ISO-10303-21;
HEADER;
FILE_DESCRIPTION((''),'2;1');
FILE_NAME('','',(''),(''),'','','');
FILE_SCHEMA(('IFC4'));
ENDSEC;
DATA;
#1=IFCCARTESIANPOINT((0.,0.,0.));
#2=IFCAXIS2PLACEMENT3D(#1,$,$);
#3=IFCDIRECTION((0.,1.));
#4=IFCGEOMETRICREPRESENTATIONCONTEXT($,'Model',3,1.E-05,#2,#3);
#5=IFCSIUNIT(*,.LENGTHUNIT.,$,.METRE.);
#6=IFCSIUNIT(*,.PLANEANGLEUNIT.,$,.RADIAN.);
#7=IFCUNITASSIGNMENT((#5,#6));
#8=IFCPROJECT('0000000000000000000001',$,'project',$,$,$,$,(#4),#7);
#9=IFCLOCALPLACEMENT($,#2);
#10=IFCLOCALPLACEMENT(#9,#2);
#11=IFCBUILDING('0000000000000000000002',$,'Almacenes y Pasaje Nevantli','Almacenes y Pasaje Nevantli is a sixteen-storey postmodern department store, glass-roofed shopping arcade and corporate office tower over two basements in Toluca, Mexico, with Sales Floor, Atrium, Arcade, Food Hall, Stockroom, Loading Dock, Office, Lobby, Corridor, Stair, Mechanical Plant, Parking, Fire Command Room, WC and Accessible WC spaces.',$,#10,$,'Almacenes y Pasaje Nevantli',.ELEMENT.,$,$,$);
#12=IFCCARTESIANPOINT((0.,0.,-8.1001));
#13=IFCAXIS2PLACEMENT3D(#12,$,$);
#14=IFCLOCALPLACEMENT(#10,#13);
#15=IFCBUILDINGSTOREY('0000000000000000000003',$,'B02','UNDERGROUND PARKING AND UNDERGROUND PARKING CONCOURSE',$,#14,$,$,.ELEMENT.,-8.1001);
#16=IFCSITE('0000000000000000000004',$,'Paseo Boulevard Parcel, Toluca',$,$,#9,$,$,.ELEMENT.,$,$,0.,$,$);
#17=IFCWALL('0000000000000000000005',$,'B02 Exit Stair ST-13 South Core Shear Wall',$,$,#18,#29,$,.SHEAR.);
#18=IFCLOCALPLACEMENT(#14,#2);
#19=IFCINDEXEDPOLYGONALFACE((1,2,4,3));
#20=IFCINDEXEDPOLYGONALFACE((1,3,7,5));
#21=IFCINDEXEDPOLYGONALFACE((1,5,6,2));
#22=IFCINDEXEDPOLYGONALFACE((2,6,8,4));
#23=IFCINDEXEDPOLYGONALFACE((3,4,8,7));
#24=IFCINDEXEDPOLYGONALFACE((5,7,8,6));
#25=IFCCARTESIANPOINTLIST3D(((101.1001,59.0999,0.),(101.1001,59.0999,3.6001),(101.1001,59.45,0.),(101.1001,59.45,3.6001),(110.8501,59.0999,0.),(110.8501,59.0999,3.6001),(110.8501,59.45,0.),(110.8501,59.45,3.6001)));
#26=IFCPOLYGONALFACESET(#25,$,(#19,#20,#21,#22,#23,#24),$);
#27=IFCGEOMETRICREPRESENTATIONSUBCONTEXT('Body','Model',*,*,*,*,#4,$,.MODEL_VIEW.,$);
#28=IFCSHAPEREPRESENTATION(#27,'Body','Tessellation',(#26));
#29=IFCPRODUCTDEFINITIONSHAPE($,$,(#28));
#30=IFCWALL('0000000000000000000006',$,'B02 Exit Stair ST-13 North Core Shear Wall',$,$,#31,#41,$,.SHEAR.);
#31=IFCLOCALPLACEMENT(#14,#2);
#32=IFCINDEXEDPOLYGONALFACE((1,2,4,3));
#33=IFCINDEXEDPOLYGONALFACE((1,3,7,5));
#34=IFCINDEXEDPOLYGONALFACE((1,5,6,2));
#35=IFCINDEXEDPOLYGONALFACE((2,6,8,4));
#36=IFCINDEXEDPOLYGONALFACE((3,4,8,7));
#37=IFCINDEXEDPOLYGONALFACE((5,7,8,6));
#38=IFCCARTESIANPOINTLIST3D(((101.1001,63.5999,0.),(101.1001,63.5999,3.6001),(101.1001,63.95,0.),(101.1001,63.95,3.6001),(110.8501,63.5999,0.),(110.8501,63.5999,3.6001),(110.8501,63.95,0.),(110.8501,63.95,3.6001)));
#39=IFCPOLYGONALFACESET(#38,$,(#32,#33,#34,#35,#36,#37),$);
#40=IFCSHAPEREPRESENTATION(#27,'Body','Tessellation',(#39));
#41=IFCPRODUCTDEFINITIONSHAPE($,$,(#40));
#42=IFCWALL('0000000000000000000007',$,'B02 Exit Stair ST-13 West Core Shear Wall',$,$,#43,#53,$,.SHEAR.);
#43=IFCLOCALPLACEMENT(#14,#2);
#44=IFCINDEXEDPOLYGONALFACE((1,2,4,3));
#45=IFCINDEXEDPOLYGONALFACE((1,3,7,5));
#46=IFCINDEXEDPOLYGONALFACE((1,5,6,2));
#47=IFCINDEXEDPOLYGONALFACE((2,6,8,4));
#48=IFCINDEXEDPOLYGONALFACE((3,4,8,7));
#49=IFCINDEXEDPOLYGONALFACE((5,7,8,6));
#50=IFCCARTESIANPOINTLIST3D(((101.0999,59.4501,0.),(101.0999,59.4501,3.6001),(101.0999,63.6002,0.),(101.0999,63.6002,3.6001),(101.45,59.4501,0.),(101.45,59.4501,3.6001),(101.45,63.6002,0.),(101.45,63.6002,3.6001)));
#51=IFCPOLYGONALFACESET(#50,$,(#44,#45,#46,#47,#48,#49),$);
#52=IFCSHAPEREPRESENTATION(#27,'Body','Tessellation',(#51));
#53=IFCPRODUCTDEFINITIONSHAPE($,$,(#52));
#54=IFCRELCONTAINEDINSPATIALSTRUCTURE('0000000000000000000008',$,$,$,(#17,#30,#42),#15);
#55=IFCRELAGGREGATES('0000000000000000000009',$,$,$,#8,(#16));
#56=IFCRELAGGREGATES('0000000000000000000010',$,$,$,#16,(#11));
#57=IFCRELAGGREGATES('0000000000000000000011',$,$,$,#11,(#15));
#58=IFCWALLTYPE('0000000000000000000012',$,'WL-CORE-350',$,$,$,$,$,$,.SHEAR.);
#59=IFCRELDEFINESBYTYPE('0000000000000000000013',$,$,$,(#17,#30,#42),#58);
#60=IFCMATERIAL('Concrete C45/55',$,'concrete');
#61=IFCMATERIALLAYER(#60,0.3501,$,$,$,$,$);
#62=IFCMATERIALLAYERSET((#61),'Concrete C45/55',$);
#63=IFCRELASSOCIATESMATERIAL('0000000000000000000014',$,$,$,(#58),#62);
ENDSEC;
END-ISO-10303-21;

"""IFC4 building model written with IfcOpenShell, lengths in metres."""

from ifc_helpers import new_model, si_unit, direction, frame, frame_2d, origin, place, context, subcontext, project, spatial, rectangle, extrude, material, layer, layer_set, type_object, element, save


model = new_model("IFC4")

# Units and contexts
model_context = context("Model", 3, precision=1e-05, world=origin(), true_north=direction((0.0, 1.0)))
body_context = subcontext(model_context, "Body", "Model", "MODEL_VIEW")
ifc_project = project(units=[si_unit("LENGTHUNIT", "METRE"), si_unit("PLANEANGLEUNIT", "RADIAN")], contexts=[model_context])

# Site, building, storey
site_placement = place(None, origin())
site = spatial("IfcSite", under=ifc_project, at=site_placement, Name="Paseo Boulevard Parcel, Toluca", CompositionType="ELEMENT", RefElevation=0.0)
building_placement = place(site_placement, origin())
building = spatial("IfcBuilding", under=site, at=building_placement, Name="Almacenes y Pasaje Nevantli", Description="Almacenes y Pasaje Nevantli is a sixteen-storey postmodern department store, glass-roofed shopping arcade and corporate office tower over two basements in Toluca, Mexico, with Sales Floor, Atrium, Arcade, Food Hall, Stockroom, Loading Dock, Office, Lobby, Corridor, Stair, Mechanical Plant, Parking, Fire Command Room, WC and Accessible WC spaces.", LongName="Almacenes y Pasaje Nevantli", CompositionType="ELEMENT")
storey_placement = place(building_placement, frame((0.0, 0.0, -8.1001)))
storey = spatial("IfcBuildingStorey", under=building, at=storey_placement, Name="B02", Description="UNDERGROUND PARKING AND UNDERGROUND PARKING CONCOURSE", CompositionType="ELEMENT", Elevation=-8.1001)

# Walls
ifc_material_1 = material(Name="Concrete C45/55", Category="concrete")
ifc_layer_1 = layer(ifc_material_1, 0.3501)
ifc_layer_set_1 = layer_set([ifc_layer_1], Name="Concrete C45/55")
wall_type = type_object("IfcWallType", Name="WL-CORE-350", PredefinedType="SHEAR", material=ifc_layer_set_1)
for number, where, z_axis, x_axis, name in (
    (1, (101.1001, 59.2749, 0.0), (0.0, 0.0, 1.0), (1.0, 0.0, 0.0), "B02 Exit Stair ST-13 South Core Shear Wall"),
    (2, (101.1001, 63.7749, 0.0), (0.0, 0.0, 1.0), (1.0, 0.0, 0.0), "B02 Exit Stair ST-13 North Core Shear Wall"),
):
    element("IfcWall", number, at=place(storey_placement, frame(where, z_axis=z_axis, x_axis=x_axis)), inside=storey, type_object=wall_type, Name=name, PredefinedType="SHEAR", context=body_context, shape_type="SweptSolid", body=[
        extrude(rectangle(XDim=9.75, YDim=0.3501, at=frame_2d((4.875, 0.0))), origin(), (0.0, 0.0, 1.0), 3.6001),
    ])
wall_placement = place(storey_placement, frame((101.2749, 59.45, 0.0), z_axis=(0.0, 0.0, 1.0), x_axis=(0.0, 1.0, 0.0)))
element("IfcWall", 3, at=wall_placement, inside=storey, type_object=wall_type, Name="B02 Exit Stair ST-13 West Core Shear Wall", PredefinedType="SHEAR", context=body_context, shape_type="SweptSolid", body=[
    extrude(rectangle(XDim=4.1501, YDim=0.3501, at=frame_2d((2.0752, 0.0))), origin(), (0.0, 0.0, 1.0), 3.6001),
])

save(model, "model.ifc")
